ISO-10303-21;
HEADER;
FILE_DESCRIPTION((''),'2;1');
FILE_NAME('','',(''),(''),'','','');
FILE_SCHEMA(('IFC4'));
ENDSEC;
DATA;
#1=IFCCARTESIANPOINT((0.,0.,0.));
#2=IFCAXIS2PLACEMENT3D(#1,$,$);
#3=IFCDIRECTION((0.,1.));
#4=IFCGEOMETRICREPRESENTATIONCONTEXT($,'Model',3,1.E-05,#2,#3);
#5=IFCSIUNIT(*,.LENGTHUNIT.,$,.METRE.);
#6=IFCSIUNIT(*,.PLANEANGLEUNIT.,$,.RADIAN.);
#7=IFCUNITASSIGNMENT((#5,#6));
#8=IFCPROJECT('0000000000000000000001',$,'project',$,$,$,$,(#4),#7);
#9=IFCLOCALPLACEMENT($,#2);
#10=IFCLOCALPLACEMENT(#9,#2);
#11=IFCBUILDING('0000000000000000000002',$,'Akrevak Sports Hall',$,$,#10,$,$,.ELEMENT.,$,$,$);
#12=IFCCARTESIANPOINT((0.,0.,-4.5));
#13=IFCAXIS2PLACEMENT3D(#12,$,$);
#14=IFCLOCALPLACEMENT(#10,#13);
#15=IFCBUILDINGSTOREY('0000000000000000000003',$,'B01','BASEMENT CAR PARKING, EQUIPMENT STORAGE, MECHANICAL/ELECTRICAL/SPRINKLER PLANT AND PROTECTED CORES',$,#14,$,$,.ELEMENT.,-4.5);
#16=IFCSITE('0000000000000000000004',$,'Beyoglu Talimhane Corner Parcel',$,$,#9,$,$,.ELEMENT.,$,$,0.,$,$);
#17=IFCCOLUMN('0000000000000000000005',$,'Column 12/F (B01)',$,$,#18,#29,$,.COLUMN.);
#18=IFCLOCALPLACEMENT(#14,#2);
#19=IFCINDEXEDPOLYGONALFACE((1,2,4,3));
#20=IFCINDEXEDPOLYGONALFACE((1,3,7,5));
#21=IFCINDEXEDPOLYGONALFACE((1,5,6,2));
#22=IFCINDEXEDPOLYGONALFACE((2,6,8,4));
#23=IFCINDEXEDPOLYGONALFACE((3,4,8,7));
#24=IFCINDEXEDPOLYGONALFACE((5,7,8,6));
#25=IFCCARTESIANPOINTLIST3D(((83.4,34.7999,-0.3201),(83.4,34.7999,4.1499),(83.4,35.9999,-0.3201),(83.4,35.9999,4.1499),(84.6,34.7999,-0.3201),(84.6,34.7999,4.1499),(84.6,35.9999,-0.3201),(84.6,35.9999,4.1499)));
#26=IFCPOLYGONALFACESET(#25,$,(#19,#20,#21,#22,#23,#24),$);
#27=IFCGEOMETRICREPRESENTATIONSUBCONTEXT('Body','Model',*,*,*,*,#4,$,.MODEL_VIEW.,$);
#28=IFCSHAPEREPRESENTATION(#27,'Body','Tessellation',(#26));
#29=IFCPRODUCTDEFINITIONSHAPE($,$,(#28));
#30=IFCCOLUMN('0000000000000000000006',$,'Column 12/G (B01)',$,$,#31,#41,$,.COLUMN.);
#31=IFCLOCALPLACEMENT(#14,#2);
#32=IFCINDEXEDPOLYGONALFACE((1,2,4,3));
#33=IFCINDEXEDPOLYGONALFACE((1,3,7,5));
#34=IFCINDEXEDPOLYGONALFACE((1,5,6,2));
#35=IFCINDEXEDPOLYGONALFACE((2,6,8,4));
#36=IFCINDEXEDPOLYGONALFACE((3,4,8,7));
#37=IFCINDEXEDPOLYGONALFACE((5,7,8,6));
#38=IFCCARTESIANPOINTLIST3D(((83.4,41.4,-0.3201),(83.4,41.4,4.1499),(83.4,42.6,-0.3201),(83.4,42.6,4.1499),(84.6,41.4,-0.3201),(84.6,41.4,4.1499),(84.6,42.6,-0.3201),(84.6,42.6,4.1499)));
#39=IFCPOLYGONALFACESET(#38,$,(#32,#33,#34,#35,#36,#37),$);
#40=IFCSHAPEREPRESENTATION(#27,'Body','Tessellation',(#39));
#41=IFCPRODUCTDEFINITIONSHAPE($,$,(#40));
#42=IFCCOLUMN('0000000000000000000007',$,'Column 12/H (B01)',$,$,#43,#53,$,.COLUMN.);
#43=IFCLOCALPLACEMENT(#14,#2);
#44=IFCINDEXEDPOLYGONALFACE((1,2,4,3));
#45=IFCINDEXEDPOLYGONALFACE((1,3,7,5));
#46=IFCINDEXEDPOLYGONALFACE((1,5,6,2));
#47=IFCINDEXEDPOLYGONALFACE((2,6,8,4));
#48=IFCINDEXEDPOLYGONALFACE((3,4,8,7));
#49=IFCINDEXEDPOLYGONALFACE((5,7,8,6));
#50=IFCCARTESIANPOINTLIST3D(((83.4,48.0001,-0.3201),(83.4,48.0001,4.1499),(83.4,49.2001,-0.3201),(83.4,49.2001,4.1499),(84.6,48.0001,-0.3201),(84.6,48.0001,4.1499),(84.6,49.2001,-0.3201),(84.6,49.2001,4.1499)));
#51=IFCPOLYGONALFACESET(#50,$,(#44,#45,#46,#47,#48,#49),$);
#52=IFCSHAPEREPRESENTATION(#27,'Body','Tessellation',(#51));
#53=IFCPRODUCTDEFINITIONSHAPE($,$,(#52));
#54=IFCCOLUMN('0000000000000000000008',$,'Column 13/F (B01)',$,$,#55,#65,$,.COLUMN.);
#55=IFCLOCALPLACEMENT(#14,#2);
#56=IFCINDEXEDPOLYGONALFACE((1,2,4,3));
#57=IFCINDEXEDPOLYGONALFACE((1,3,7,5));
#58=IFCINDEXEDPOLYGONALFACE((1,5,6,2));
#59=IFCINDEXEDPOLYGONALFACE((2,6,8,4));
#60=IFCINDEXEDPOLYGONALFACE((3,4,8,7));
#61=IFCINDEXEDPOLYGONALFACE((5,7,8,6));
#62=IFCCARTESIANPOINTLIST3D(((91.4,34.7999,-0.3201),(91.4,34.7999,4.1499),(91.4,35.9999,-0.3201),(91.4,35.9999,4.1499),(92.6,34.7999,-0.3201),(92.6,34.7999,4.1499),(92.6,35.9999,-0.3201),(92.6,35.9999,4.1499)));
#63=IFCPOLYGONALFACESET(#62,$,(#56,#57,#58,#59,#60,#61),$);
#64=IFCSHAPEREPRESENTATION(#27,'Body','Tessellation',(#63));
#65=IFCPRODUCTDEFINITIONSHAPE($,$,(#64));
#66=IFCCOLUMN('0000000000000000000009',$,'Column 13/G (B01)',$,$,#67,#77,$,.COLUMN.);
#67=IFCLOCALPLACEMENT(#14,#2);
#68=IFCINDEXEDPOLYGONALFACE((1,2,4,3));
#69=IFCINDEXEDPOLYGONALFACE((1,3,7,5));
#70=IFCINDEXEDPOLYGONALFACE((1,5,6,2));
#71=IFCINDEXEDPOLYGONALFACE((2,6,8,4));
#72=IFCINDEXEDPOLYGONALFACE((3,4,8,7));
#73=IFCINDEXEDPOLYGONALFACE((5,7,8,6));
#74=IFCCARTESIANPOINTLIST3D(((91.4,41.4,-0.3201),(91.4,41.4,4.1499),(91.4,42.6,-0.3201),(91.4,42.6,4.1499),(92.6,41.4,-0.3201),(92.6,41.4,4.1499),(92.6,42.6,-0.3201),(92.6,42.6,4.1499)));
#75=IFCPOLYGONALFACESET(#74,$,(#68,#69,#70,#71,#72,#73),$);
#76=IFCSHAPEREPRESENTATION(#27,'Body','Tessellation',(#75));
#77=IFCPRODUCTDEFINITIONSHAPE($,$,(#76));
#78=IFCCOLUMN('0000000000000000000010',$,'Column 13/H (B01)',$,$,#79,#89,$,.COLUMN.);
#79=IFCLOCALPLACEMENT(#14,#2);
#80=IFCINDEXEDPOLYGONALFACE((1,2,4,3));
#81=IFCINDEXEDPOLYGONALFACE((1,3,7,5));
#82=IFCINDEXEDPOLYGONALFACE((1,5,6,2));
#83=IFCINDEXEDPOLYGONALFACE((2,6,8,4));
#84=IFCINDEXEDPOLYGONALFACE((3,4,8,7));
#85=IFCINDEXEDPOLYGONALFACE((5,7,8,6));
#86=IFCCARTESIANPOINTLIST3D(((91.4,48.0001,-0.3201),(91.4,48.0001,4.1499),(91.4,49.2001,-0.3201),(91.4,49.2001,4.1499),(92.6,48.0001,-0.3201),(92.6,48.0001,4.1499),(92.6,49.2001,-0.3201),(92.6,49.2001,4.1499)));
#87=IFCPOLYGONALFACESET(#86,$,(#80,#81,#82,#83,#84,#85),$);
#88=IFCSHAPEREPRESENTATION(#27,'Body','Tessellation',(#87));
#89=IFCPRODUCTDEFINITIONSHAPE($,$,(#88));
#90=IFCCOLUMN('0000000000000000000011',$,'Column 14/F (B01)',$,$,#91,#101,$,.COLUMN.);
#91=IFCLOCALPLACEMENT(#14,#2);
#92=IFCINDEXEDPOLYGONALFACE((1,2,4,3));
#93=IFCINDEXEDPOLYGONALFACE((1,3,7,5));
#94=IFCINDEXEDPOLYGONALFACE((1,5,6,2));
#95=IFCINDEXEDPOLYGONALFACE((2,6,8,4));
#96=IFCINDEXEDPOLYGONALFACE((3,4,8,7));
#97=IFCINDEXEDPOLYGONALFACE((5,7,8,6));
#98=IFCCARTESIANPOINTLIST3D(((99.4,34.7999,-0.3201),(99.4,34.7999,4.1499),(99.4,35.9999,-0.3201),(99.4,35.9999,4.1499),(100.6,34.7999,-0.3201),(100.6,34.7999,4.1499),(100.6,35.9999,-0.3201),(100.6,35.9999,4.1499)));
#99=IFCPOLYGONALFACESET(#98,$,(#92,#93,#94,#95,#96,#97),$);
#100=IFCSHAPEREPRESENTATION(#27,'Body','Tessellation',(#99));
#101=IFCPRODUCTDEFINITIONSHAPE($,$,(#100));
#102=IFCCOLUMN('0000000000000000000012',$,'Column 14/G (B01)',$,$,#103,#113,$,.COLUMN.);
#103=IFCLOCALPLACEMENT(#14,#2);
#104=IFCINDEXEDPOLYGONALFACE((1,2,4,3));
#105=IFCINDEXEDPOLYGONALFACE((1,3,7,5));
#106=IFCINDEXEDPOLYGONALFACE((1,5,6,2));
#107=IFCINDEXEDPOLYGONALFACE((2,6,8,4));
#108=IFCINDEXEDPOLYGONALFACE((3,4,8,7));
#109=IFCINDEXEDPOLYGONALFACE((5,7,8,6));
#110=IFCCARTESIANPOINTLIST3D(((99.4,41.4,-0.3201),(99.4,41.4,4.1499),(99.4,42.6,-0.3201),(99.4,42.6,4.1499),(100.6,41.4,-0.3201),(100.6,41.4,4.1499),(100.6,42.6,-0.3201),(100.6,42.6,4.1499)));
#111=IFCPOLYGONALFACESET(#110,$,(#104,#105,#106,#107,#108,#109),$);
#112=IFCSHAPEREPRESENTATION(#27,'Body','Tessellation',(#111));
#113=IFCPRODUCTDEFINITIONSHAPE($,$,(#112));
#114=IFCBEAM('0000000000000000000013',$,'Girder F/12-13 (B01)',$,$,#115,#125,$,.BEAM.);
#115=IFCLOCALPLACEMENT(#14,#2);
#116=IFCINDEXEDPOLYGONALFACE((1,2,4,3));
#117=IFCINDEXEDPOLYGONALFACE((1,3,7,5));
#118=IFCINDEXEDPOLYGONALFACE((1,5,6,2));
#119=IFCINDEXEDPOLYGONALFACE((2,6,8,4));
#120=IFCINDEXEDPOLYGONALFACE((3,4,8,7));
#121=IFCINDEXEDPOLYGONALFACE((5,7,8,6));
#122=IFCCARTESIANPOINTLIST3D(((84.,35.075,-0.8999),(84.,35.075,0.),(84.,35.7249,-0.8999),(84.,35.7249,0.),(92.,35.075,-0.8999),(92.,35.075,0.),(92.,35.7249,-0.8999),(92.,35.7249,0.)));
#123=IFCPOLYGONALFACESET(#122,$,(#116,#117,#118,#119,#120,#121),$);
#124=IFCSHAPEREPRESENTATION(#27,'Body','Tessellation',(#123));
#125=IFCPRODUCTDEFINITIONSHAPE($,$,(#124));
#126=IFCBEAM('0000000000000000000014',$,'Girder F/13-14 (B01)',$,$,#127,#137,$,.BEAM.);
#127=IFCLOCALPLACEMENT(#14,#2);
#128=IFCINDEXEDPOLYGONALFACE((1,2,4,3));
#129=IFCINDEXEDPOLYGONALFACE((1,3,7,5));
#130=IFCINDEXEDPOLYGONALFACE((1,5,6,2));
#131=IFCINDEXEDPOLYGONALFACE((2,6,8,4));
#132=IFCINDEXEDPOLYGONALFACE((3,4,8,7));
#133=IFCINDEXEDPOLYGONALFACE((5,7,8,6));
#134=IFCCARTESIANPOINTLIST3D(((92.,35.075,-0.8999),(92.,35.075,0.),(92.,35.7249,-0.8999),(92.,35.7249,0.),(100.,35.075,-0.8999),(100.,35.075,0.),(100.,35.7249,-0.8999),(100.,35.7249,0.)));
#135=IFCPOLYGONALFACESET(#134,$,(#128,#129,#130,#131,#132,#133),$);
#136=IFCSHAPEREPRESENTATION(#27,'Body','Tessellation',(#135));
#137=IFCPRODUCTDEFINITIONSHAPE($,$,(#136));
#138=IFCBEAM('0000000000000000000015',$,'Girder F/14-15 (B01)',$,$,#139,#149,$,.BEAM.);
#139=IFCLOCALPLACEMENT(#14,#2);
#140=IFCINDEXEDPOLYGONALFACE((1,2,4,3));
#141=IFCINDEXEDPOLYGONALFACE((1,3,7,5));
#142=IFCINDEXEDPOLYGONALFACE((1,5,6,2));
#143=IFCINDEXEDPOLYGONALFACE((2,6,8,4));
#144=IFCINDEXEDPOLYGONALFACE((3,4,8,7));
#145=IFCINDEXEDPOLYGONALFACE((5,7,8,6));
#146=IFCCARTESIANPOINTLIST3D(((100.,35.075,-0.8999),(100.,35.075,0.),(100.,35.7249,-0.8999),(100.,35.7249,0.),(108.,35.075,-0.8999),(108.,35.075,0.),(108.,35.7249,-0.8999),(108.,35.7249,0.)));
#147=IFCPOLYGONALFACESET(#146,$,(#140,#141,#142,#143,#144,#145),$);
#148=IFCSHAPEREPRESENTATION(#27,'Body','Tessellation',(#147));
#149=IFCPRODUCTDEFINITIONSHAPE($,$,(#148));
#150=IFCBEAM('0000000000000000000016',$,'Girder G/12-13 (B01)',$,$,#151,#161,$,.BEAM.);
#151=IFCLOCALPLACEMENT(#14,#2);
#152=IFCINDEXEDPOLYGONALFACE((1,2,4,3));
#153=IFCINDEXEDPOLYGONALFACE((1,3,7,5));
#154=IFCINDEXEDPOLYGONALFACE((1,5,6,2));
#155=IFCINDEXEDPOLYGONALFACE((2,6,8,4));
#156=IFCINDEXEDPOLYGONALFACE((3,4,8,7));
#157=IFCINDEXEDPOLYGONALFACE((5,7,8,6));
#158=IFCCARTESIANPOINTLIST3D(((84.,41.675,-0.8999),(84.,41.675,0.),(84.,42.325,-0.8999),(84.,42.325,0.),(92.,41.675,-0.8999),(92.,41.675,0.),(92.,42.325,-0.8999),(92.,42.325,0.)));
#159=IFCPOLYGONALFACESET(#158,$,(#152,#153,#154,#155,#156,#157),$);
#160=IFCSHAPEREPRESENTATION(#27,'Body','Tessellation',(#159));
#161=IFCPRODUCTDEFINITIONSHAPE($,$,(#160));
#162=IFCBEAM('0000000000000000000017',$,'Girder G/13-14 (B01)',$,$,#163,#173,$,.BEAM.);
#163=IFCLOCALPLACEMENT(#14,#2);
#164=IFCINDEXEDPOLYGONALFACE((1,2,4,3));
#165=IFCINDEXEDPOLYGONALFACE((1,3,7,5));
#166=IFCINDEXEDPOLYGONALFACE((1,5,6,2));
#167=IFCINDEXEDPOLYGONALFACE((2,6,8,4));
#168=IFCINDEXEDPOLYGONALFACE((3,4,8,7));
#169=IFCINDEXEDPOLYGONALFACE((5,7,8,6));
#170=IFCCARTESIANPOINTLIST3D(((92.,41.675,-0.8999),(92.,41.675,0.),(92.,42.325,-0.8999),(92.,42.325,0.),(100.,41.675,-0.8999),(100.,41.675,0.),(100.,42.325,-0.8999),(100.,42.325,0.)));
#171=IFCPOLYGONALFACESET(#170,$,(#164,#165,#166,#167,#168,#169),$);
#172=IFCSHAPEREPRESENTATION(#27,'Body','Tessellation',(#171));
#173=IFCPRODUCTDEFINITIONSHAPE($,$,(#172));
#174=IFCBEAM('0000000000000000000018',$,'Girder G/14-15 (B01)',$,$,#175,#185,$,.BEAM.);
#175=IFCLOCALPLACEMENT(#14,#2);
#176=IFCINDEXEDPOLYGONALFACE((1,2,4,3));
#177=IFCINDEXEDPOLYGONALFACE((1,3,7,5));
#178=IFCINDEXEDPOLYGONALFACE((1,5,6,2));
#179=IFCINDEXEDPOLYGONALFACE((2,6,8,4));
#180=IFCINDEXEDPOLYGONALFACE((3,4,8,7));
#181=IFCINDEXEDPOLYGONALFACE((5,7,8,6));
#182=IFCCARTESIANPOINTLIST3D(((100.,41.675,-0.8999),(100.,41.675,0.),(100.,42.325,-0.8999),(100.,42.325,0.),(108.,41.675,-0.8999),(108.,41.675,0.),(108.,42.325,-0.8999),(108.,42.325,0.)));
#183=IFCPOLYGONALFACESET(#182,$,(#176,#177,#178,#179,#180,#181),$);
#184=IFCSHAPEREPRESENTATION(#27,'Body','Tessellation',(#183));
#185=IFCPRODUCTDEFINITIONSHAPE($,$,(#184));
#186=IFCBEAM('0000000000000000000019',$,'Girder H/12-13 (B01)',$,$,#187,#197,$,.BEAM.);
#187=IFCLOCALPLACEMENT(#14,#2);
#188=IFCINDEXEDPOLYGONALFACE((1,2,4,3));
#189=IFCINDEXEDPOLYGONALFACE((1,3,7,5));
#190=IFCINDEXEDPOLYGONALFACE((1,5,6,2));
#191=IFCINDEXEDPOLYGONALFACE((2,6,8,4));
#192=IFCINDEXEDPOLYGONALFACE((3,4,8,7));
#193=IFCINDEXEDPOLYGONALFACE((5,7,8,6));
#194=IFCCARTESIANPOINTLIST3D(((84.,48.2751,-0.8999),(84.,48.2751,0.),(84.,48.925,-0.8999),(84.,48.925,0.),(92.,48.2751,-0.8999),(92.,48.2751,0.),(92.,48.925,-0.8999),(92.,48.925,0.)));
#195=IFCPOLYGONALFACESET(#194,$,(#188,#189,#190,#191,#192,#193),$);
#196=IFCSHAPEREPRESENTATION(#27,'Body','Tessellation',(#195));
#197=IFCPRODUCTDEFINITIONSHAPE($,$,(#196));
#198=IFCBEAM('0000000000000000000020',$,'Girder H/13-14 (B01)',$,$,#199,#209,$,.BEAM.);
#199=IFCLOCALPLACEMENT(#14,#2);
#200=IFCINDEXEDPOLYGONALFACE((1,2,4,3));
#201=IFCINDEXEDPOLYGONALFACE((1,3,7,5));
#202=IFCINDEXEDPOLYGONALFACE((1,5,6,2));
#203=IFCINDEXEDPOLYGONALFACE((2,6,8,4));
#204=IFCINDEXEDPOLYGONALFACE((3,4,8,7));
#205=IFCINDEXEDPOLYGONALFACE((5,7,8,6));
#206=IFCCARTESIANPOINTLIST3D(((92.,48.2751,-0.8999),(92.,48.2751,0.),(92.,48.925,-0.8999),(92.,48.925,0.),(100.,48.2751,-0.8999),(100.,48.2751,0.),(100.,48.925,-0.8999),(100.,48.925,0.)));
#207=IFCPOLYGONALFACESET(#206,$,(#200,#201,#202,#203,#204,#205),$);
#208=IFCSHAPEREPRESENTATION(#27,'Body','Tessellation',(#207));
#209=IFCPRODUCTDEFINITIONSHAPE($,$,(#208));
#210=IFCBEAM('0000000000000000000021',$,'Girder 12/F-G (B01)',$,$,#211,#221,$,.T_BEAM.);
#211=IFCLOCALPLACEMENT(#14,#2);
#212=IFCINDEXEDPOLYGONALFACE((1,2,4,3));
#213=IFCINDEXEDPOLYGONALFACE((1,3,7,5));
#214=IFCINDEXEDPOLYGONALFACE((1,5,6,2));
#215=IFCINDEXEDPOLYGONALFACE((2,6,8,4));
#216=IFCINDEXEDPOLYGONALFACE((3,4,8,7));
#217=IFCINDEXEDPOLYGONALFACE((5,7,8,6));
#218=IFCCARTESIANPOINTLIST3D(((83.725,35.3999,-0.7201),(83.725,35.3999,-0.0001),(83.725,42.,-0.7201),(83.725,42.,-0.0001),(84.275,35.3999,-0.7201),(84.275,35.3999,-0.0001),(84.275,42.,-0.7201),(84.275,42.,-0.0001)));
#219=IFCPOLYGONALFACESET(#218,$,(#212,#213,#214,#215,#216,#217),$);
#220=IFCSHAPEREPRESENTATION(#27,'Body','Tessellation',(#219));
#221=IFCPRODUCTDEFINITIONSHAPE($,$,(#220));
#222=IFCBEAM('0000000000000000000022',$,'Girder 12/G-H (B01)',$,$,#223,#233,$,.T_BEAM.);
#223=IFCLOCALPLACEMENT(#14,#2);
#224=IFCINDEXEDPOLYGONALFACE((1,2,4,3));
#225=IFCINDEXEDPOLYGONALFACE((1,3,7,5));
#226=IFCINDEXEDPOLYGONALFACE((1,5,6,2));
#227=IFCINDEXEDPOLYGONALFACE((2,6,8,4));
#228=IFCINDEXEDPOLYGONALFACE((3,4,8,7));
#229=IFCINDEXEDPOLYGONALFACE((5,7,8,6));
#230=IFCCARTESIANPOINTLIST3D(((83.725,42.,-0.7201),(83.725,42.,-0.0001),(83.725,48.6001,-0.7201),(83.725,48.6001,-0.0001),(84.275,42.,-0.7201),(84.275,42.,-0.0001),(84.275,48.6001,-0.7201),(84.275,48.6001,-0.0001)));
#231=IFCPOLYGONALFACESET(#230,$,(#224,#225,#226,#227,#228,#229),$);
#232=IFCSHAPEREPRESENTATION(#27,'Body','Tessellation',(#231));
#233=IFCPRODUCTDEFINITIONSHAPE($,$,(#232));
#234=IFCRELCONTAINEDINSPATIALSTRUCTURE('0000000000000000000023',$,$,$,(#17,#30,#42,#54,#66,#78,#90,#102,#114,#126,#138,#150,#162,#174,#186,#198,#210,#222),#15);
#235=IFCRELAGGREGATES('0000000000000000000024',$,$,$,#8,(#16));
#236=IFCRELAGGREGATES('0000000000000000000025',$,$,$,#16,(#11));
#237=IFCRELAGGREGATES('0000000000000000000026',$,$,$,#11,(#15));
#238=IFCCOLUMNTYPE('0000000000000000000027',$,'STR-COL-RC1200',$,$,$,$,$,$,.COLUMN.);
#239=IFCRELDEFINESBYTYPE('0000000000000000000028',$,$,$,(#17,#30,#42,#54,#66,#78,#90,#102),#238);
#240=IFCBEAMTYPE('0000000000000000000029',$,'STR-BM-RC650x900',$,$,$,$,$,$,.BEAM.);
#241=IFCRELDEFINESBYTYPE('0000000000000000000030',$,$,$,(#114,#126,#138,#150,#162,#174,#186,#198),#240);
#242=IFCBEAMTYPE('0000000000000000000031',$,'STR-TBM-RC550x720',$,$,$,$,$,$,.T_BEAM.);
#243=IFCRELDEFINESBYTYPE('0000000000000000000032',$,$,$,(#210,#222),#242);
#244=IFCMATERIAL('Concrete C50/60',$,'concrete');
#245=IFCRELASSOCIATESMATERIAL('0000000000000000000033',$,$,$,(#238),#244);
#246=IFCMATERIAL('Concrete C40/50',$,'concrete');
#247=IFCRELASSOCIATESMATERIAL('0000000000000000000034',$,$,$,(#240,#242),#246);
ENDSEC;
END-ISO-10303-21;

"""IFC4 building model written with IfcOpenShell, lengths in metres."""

from ifc_helpers import new_model, si_unit, direction, frame, origin, origin_2d, place, context, subcontext, project, spatial, rectangle, extrude, material, material_profile, profile_set, type_object, element, save


model = new_model("IFC4")

# Units and contexts
model_context = context("Model", 3, precision=1e-05, world=origin(), true_north=direction((0.0, 1.0)))
body_context = subcontext(model_context, "Body", "Model", "MODEL_VIEW")
ifc_project = project(units=[si_unit("LENGTHUNIT", "METRE"), si_unit("PLANEANGLEUNIT", "RADIAN")], contexts=[model_context])

# Site, building, storey
site_placement = place(None, origin())
site = spatial("IfcSite", under=ifc_project, at=site_placement, Name="Beyoglu Talimhane Corner Parcel", CompositionType="ELEMENT", RefElevation=0.0)
building_placement = place(site_placement, origin())
building = spatial("IfcBuilding", under=site, at=building_placement, Name="Akrevak Sports Hall", CompositionType="ELEMENT")
storey_placement = place(building_placement, frame((0.0, 0.0, -4.5)))
storey = spatial("IfcBuildingStorey", under=building, at=storey_placement, Name="B01", Description="BASEMENT CAR PARKING, EQUIPMENT STORAGE, MECHANICAL/ELECTRICAL/SPRINKLER PLANT AND PROTECTED CORES", CompositionType="ELEMENT", Elevation=-4.5)

# Columns
ifc_material_1 = material(Name="Concrete C50/60", Category="concrete")
ifc_material_profile_1 = material_profile(ifc_material_1, rectangle(XDim=1.2, YDim=1.2, at=origin_2d()), Name="RC 1200x1200", Category="concrete")
ifc_profile_set_1 = profile_set([ifc_material_profile_1], Name="Concrete C50/60")
column_type = type_object("IfcColumnType", Name="STR-COL-RC1200", PredefinedType="COLUMN", material=ifc_profile_set_1)
for number, where, z_axis, x_axis, name in (
    (1, (84.0, 35.3999, -0.3201), (0.0, 0.0, 1.0), (1.0, 0.0, 0.0), "Column 12/F (B01)"),
    (2, (84.0, 42.0, -0.3201), (0.0, 0.0, 1.0), (1.0, 0.0, 0.0), "Column 12/G (B01)"),
    (3, (84.0, 48.6001, -0.3201), (0.0, 0.0, 1.0), (1.0, 0.0, 0.0), "Column 12/H (B01)"),
    (4, (92.0, 35.3999, -0.3201), (0.0, 0.0, 1.0), (1.0, 0.0, 0.0), "Column 13/F (B01)"),
    (5, (92.0, 42.0, -0.3201), (0.0, 0.0, 1.0), (1.0, 0.0, 0.0), "Column 13/G (B01)"),
    (6, (92.0, 48.6001, -0.3201), (0.0, 0.0, 1.0), (1.0, 0.0, 0.0), "Column 13/H (B01)"),
    (7, (100.0, 35.3999, -0.3201), (0.0, 0.0, 1.0), (1.0, 0.0, 0.0), "Column 14/F (B01)"),
    (8, (100.0, 42.0, -0.3201), (0.0, 0.0, 1.0), (1.0, 0.0, 0.0), "Column 14/G (B01)"),
):
    element("IfcColumn", number, at=place(storey_placement, frame(where, z_axis=z_axis, x_axis=x_axis)), inside=storey, type_object=column_type, Name=name, PredefinedType="COLUMN", context=body_context, shape_type="SweptSolid", body=[
        extrude(rectangle(XDim=1.2, YDim=1.2, at=origin_2d()), origin(), (0.0, 0.0, 1.0), 4.47),
    ])

# Beams
ifc_material_2 = material(Name="Concrete C40/50", Category="concrete")
ifc_material_profile_2 = material_profile(ifc_material_2, rectangle(XDim=0.6499, YDim=0.8999, at=origin_2d()), Name="BM 650x900", Category="concrete")
ifc_profile_set_2 = profile_set([ifc_material_profile_2], Name="Concrete C40/50")
beam_type_1 = type_object("IfcBeamType", Name="STR-BM-RC650x900", PredefinedType="BEAM", material=ifc_profile_set_2)
for number, where, z_axis, x_axis, name in (
    (9, (84.0, 35.3999, -0.45), (1.0, 0.0, 0.0), (0.0, 1.0, 0.0), "Girder F/12-13 (B01)"),
    (10, (92.0, 35.3999, -0.45), (1.0, 0.0, 0.0), (0.0, 1.0, 0.0), "Girder F/13-14 (B01)"),
    (11, (100.0, 35.3999, -0.45), (1.0, 0.0, 0.0), (0.0, 1.0, 0.0), "Girder F/14-15 (B01)"),
    (12, (84.0, 42.0, -0.45), (1.0, 0.0, 0.0), (0.0, 1.0, 0.0), "Girder G/12-13 (B01)"),
    (13, (92.0, 42.0, -0.45), (1.0, 0.0, 0.0), (0.0, 1.0, 0.0), "Girder G/13-14 (B01)"),
    (14, (100.0, 42.0, -0.45), (1.0, 0.0, 0.0), (0.0, 1.0, 0.0), "Girder G/14-15 (B01)"),
    (15, (84.0, 48.6001, -0.45), (1.0, 0.0, 0.0), (0.0, 1.0, 0.0), "Girder H/12-13 (B01)"),
    (16, (92.0, 48.6001, -0.45), (1.0, 0.0, 0.0), (0.0, 1.0, 0.0), "Girder H/13-14 (B01)"),
):
    element("IfcBeam", number, at=place(storey_placement, frame(where, z_axis=z_axis, x_axis=x_axis)), inside=storey, type_object=beam_type_1, Name=name, PredefinedType="BEAM", context=body_context, shape_type="SweptSolid", body=[
        extrude(rectangle(XDim=0.6499, YDim=0.8999, at=origin_2d()), origin(), (0.0, 0.0, 1.0), 8.0),
    ])
ifc_material_profile_3 = material_profile(ifc_material_2, rectangle(XDim=0.55, YDim=0.72, at=origin_2d()), Name="TBM 550x720", Category="concrete")
ifc_profile_set_3 = profile_set([ifc_material_profile_3], Name="Concrete C40/50")
beam_type_2 = type_object("IfcBeamType", Name="STR-TBM-RC550x720", PredefinedType="T_BEAM", material=ifc_profile_set_3)
for number, where, z_axis, x_axis, name in (
    (17, (84.0, 35.3999, -0.3601), (0.0, 1.0, 0.0), (-1.0, 0.0, 0.0), "Girder 12/F-G (B01)"),
    (18, (84.0, 42.0, -0.3601), (0.0, 1.0, 0.0), (-1.0, 0.0, 0.0), "Girder 12/G-H (B01)"),
):
    element("IfcBeam", number, at=place(storey_placement, frame(where, z_axis=z_axis, x_axis=x_axis)), inside=storey, type_object=beam_type_2, Name=name, PredefinedType="T_BEAM", context=body_context, shape_type="SweptSolid", body=[
        extrude(rectangle(XDim=0.55, YDim=0.72, at=origin_2d()), origin(), (0.0, 0.0, 1.0), 6.6001),
    ])

save(model, "model.ifc")
